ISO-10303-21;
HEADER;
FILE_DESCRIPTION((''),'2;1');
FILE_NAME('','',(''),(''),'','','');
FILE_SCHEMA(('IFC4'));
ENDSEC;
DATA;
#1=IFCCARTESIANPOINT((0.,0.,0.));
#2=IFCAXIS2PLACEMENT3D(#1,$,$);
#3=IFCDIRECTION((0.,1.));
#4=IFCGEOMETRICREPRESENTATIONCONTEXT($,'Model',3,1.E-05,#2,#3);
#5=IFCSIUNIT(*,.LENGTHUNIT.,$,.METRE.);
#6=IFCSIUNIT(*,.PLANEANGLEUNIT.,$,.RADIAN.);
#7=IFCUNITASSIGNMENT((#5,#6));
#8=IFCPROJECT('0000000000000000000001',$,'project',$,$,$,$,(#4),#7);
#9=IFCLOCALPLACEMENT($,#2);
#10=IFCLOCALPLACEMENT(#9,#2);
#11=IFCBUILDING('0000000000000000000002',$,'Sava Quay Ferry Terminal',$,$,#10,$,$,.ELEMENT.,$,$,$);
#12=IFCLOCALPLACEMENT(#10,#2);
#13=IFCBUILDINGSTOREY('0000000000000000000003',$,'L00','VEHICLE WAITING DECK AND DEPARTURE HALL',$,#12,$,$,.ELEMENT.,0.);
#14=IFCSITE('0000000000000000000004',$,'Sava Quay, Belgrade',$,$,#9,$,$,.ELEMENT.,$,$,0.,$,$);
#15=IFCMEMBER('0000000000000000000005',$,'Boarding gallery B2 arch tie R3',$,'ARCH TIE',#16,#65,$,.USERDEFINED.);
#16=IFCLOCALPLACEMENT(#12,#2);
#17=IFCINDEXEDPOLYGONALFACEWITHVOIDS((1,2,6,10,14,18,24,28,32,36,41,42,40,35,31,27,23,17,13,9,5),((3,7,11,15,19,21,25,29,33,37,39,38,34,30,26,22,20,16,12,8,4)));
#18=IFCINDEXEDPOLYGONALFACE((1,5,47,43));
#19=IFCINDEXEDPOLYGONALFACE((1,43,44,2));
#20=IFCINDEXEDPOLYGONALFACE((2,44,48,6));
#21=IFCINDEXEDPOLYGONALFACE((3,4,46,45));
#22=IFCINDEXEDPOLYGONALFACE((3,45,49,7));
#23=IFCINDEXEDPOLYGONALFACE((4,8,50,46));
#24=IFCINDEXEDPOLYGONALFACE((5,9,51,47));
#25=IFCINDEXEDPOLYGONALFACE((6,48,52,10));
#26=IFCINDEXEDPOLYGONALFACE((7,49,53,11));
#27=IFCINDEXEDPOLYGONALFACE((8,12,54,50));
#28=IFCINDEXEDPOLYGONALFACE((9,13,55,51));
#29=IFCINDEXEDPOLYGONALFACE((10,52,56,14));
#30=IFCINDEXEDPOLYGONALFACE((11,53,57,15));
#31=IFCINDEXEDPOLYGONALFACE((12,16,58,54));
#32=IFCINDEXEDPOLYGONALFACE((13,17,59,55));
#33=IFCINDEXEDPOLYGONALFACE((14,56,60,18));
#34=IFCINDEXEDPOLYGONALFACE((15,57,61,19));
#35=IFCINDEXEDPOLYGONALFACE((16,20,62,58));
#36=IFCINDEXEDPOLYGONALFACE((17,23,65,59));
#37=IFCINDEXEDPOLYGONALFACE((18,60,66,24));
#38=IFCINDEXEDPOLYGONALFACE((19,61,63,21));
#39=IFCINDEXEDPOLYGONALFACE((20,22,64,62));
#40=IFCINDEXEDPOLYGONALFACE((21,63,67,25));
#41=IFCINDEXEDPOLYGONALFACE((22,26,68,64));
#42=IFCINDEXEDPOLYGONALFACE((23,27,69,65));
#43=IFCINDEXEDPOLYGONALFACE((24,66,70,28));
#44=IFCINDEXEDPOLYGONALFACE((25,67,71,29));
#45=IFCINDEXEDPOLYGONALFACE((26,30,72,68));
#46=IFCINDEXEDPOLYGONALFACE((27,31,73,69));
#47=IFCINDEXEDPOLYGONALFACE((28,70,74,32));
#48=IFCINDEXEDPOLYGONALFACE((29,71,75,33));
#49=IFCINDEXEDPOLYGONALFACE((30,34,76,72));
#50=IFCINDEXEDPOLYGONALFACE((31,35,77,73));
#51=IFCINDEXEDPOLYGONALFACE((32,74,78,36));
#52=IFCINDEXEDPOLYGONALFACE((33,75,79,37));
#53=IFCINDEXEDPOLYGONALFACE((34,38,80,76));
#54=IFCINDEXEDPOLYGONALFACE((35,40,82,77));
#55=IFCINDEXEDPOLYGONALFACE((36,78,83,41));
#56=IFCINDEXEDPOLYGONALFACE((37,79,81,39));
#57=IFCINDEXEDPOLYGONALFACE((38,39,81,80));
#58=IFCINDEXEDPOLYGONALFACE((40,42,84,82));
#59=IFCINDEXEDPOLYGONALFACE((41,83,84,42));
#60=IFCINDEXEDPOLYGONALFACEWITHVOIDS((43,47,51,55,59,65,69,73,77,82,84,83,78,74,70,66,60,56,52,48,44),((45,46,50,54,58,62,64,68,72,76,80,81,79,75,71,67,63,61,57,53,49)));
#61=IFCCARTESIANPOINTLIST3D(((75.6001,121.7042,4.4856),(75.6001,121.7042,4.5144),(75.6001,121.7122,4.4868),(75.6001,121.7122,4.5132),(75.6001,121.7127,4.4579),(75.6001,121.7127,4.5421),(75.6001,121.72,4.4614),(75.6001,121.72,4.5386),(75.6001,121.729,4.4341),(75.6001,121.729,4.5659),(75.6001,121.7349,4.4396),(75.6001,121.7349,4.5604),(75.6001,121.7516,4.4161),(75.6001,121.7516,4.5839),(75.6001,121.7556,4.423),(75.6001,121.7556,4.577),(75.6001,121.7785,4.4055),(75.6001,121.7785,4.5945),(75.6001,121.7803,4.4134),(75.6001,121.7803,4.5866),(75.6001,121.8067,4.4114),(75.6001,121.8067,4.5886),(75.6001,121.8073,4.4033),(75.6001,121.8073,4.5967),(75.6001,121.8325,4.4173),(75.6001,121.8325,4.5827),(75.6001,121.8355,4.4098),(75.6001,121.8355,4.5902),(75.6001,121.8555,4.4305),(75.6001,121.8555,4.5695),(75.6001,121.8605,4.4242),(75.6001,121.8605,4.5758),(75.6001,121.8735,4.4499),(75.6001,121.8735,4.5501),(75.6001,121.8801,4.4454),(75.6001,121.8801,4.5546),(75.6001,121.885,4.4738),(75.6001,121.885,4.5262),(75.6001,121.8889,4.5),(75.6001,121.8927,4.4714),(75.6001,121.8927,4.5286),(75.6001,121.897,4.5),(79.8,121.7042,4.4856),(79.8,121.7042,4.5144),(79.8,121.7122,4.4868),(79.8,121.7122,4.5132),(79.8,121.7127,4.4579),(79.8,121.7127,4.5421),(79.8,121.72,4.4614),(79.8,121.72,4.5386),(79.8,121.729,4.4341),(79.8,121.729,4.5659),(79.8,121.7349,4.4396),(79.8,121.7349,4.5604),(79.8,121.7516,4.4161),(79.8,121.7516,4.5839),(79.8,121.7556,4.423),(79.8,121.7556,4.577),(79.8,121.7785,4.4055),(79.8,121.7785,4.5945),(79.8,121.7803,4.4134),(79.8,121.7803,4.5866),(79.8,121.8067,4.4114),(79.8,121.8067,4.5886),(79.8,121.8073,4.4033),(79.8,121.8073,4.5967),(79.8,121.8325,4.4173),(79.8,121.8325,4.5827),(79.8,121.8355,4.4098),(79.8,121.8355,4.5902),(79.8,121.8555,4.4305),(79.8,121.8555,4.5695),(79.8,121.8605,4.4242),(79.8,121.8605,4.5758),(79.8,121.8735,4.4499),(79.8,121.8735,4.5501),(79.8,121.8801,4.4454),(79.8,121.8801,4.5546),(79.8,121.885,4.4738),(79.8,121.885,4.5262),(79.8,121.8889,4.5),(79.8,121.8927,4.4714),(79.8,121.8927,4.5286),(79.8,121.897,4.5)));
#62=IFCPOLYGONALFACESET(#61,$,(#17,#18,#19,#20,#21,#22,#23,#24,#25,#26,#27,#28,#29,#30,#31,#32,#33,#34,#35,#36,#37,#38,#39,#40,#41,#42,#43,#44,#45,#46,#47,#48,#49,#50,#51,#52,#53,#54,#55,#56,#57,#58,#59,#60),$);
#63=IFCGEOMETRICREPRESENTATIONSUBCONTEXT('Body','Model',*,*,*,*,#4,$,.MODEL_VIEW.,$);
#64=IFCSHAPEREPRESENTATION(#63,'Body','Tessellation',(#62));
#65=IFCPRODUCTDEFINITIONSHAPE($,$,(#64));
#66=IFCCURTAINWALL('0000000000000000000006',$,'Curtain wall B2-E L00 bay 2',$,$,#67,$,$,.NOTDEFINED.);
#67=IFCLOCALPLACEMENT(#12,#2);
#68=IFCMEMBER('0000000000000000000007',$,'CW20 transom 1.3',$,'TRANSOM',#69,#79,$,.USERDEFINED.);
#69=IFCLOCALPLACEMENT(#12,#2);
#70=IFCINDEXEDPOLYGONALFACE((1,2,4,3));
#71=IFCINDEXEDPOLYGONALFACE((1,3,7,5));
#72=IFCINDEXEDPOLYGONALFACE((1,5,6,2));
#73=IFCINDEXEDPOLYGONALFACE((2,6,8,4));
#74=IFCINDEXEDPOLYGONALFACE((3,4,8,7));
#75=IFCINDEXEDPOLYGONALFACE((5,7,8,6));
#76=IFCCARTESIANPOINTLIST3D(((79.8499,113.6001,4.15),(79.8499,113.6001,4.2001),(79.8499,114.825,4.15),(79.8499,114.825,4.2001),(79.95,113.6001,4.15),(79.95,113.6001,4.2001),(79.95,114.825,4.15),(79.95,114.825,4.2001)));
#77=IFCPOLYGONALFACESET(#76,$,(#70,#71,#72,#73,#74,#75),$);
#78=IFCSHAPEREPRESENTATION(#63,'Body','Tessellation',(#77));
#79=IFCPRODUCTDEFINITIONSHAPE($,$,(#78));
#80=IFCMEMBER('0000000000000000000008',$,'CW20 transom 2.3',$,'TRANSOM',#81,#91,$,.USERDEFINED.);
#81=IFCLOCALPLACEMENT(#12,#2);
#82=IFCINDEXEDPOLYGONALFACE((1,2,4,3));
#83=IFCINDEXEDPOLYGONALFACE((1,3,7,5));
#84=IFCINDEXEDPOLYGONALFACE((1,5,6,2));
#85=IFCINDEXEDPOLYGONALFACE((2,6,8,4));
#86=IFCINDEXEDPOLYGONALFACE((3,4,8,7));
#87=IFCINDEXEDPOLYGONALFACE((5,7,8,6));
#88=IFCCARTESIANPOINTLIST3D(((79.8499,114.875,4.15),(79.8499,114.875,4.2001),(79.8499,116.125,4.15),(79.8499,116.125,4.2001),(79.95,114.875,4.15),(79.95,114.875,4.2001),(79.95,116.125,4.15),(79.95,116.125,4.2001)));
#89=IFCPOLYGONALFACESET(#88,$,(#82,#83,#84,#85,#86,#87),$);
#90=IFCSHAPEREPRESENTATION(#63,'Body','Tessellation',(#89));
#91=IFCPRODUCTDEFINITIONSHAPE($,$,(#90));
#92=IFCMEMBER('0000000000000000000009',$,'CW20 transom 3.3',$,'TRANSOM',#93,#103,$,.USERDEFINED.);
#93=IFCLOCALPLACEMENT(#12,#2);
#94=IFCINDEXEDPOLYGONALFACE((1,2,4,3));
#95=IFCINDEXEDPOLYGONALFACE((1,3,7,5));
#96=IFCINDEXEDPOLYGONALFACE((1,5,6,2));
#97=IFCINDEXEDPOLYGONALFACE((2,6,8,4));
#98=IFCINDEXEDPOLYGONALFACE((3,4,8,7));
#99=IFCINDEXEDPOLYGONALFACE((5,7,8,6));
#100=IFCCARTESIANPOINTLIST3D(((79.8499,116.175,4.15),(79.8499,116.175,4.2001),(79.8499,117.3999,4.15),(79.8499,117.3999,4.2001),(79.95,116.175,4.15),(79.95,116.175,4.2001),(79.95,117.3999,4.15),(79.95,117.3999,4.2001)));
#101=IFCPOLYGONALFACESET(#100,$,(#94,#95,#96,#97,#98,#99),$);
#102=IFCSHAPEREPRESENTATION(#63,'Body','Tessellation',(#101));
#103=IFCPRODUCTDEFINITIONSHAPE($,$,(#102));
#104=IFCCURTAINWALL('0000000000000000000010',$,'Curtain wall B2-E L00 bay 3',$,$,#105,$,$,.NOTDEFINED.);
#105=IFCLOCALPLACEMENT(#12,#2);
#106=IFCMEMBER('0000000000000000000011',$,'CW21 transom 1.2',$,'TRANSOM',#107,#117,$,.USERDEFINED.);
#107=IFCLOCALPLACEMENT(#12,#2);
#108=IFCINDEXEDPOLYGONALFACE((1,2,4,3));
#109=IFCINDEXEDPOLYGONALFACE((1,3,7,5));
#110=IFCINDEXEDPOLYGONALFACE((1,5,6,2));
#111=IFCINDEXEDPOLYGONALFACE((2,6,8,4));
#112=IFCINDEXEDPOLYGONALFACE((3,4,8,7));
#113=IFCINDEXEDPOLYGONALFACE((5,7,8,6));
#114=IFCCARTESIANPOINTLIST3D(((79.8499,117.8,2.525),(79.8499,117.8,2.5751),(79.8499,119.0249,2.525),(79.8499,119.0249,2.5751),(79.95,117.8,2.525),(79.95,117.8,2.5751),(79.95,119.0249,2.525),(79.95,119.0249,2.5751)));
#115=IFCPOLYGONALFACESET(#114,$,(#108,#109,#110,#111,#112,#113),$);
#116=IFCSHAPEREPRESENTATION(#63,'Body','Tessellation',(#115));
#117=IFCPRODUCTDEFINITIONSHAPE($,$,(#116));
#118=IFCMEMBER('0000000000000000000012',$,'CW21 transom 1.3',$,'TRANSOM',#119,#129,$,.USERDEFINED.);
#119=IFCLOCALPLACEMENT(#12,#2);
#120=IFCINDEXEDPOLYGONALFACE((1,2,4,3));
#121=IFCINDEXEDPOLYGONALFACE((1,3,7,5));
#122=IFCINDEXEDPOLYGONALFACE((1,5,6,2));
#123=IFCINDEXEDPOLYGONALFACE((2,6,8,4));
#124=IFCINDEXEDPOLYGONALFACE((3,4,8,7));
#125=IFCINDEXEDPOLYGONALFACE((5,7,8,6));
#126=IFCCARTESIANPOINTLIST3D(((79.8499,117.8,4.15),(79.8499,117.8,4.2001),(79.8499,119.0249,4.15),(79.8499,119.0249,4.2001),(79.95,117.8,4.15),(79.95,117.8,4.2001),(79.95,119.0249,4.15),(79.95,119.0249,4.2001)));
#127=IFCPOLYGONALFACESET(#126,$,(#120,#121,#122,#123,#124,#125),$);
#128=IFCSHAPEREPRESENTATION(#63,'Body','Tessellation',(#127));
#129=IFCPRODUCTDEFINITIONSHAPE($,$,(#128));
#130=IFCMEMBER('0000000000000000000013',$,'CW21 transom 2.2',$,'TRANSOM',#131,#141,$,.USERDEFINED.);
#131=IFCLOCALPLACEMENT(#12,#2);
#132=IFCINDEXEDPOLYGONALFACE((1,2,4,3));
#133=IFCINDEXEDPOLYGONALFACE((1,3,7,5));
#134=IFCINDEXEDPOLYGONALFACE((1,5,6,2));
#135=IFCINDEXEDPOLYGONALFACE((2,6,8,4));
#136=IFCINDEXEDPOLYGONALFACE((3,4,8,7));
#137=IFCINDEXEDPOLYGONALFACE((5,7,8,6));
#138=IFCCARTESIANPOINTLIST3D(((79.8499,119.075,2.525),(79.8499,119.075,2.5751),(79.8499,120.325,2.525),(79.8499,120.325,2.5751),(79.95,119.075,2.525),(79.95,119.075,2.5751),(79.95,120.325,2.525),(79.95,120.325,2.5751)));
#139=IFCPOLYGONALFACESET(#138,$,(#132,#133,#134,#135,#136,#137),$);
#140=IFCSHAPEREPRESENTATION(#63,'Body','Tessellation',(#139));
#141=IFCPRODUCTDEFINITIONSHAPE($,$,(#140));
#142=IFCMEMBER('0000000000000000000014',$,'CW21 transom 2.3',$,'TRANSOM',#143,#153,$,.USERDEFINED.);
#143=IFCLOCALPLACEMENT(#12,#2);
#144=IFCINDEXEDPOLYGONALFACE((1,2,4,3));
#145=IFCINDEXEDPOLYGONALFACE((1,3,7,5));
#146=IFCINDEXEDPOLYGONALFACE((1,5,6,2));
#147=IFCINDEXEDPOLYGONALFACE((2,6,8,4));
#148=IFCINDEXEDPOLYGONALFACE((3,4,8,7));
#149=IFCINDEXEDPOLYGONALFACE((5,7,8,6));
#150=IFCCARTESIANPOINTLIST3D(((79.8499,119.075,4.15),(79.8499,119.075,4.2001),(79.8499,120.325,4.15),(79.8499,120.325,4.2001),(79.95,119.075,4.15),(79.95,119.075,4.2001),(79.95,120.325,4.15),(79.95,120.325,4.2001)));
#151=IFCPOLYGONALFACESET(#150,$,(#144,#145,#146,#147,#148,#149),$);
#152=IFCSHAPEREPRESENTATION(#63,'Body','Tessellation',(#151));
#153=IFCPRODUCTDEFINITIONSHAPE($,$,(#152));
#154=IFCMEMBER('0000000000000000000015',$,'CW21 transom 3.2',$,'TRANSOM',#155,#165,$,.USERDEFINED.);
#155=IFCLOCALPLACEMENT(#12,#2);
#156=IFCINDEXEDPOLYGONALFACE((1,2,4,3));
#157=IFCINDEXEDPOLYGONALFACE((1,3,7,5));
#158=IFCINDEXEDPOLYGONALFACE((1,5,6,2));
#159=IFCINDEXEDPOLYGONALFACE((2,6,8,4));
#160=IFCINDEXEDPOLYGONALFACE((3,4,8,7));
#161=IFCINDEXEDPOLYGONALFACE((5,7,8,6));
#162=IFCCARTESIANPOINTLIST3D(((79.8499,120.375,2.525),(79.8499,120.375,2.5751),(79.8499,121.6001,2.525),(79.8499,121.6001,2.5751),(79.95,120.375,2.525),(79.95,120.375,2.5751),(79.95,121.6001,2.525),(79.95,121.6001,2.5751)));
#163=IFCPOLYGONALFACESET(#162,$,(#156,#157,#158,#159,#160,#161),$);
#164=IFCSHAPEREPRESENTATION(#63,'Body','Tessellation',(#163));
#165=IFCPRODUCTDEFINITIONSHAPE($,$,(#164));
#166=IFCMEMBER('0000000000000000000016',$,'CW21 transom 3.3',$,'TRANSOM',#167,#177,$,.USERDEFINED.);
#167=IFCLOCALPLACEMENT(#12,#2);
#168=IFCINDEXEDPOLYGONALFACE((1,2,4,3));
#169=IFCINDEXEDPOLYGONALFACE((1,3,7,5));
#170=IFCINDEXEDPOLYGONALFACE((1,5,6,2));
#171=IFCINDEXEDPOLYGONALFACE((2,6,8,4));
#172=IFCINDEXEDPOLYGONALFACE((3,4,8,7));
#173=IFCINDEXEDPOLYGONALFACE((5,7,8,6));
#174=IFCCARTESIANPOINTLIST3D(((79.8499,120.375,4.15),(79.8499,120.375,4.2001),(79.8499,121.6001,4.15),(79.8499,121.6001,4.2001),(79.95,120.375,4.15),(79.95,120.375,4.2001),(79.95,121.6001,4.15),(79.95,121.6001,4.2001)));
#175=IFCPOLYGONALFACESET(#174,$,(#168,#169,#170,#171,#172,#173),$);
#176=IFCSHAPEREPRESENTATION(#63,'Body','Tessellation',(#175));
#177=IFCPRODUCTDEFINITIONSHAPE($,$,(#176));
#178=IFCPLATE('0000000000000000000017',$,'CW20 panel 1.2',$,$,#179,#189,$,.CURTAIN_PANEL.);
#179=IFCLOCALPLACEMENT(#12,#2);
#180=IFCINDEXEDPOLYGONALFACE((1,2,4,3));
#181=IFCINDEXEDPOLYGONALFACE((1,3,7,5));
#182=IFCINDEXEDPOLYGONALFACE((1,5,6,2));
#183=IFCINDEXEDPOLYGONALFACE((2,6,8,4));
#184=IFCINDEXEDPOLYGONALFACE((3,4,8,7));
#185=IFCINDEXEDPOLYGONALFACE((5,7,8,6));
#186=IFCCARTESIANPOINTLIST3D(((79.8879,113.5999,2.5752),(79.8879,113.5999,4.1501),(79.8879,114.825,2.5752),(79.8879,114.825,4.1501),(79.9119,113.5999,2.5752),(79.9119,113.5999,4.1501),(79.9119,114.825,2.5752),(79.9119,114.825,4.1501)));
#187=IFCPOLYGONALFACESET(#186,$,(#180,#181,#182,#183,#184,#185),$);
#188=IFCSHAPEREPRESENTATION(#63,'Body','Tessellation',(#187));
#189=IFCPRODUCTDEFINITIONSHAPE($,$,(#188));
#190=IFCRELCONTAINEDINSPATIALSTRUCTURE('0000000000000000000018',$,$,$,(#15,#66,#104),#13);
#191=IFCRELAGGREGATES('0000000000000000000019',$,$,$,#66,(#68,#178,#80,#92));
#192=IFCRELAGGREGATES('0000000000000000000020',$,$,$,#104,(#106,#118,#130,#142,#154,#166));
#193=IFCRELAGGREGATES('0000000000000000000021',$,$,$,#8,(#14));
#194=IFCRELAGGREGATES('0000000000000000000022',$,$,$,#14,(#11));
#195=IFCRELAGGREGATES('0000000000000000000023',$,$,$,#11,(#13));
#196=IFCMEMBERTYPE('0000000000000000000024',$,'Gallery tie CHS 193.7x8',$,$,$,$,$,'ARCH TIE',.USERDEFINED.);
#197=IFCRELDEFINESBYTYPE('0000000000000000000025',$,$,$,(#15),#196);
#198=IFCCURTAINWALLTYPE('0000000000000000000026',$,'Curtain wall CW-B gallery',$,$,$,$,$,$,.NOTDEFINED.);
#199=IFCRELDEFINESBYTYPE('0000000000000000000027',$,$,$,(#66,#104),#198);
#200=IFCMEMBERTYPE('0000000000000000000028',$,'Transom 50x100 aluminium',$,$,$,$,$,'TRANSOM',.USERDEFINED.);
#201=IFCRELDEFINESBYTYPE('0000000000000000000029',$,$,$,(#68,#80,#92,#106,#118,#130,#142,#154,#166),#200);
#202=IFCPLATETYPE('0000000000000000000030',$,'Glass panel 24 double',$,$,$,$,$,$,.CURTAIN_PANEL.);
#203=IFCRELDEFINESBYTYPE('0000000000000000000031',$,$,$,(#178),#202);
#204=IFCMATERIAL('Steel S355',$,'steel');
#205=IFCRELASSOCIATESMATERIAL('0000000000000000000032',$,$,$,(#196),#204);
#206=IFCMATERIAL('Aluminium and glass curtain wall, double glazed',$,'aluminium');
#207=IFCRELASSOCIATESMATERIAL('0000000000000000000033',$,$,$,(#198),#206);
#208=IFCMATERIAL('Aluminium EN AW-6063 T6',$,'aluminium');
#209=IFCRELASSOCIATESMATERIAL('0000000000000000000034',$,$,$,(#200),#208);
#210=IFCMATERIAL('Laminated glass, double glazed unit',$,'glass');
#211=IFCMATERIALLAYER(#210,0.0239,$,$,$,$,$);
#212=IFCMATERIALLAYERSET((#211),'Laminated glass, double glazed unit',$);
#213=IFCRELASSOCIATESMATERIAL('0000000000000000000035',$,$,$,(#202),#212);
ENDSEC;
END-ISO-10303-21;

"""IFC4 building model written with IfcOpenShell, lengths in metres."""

from ifc_helpers import new_model, si_unit, direction, frame, origin, origin_2d, place, context, subcontext, project, spatial, rectangle, hollow_circle, extrude, material, layer, layer_set, material_profile, profile_set, type_object, element, aggregate, save


model = new_model("IFC4")

# Units and contexts
model_context = context("Model", 3, precision=1e-05, world=origin(), true_north=direction((0.0, 1.0)))
body_context = subcontext(model_context, "Body", "Model", "MODEL_VIEW")
ifc_project = project(units=[si_unit("LENGTHUNIT", "METRE"), si_unit("PLANEANGLEUNIT", "RADIAN")], contexts=[model_context])

# Site, building, storey
site_placement = place(None, origin())
site = spatial("IfcSite", under=ifc_project, at=site_placement, Name="Sava Quay, Belgrade", CompositionType="ELEMENT", RefElevation=0.0)
building_placement = place(site_placement, origin())
building = spatial("IfcBuilding", under=site, at=building_placement, Name="Sava Quay Ferry Terminal", CompositionType="ELEMENT")
storey_placement = place(building_placement, origin())
storey = spatial("IfcBuildingStorey", under=building, at=storey_placement, Name="L00", Description="VEHICLE WAITING DECK AND DEPARTURE HALL", CompositionType="ELEMENT", Elevation=0.0)

# Member
ifc_material_1 = material(Name="Steel S355", Category="steel")
ifc_material_profile_1 = material_profile(ifc_material_1, hollow_circle(Radius=0.0969, WallThickness=0.0081, at=origin_2d()), Name="CHS 193.7 x 8.0")
ifc_profile_set_1 = profile_set([ifc_material_profile_1], Name="Steel S355")
member_type_1 = type_object("IfcMemberType", Name="Gallery tie CHS 193.7x8", ElementType="ARCH TIE", PredefinedType="USERDEFINED", material=ifc_profile_set_1)
member_1_placement = place(storey_placement, frame((75.6001, 121.8, 4.5), z_axis=(1.0, 0.0, 0.0), x_axis=(0.0, 1.0, 0.0)))
element("IfcMember", 1, at=member_1_placement, inside=storey, type_object=member_type_1, Name="Boarding gallery B2 arch tie R3", ObjectType="ARCH TIE", PredefinedType="USERDEFINED", context=body_context, shape_type="SweptSolid", body=[
    extrude(hollow_circle(Radius=0.0969, WallThickness=0.0081, at=origin_2d()), origin(), (0.0, 0.0, 1.0), 4.2),
])

# Curtain walls, members
ifc_material_2 = material(Name="Aluminium and glass curtain wall, double glazed", Category="aluminium")
curtain_wall_type = type_object("IfcCurtainWallType", Name="Curtain wall CW-B gallery", PredefinedType="NOTDEFINED", material=ifc_material_2)
curtain_wall_1_placement = place(storey_placement, origin())
curtain_wall_1 = element("IfcCurtainWall", 2, at=curtain_wall_1_placement, inside=storey, type_object=curtain_wall_type, Name="Curtain wall B2-E L00 bay 2", PredefinedType="NOTDEFINED")
ifc_material_3 = material(Name="Aluminium EN AW-6063 T6", Category="aluminium")
ifc_material_profile_2 = material_profile(ifc_material_3, rectangle(XDim=0.1001, YDim=0.05, at=origin_2d()), Name="Transom 50x100 aluminium")
ifc_profile_set_2 = profile_set([ifc_material_profile_2], Name="Aluminium EN AW-6063 T6")
member_type_2 = type_object("IfcMemberType", Name="Transom 50x100 aluminium", ElementType="TRANSOM", PredefinedType="USERDEFINED", material=ifc_profile_set_2)
member_2_placement = place(storey_placement, frame((79.8999, 113.6001, 4.175), z_axis=(0.0, 1.0, 0.0), x_axis=(-1.0, 0.0, 0.0)))
member_2 = element("IfcMember", 3, at=member_2_placement, type_object=member_type_2, Name="CW20 transom 1.3", ObjectType="TRANSOM", PredefinedType="USERDEFINED", context=body_context, shape_type="SweptSolid", body=[
    extrude(rectangle(XDim=0.1001, YDim=0.05, at=origin_2d()), origin(), (0.0, 0.0, 1.0), 1.2249),
])
member_3_placement = place(storey_placement, frame((79.8999, 114.875, 4.175), z_axis=(0.0, 1.0, 0.0), x_axis=(-1.0, 0.0, 0.0)))
member_3 = element("IfcMember", 4, at=member_3_placement, type_object=member_type_2, Name="CW20 transom 2.3", ObjectType="TRANSOM", PredefinedType="USERDEFINED", context=body_context, shape_type="SweptSolid", body=[
    extrude(rectangle(XDim=0.1001, YDim=0.05, at=origin_2d()), origin(), (0.0, 0.0, 1.0), 1.25),
])
member_4_placement = place(storey_placement, frame((79.8999, 116.175, 4.175), z_axis=(0.0, 1.0, 0.0), x_axis=(-1.0, 0.0, 0.0)))
member_4 = element("IfcMember", 5, at=member_4_placement, type_object=member_type_2, Name="CW20 transom 3.3", ObjectType="TRANSOM", PredefinedType="USERDEFINED", context=body_context, shape_type="SweptSolid", body=[
    extrude(rectangle(XDim=0.1001, YDim=0.05, at=origin_2d()), origin(), (0.0, 0.0, 1.0), 1.2249),
])
curtain_wall_2_placement = place(storey_placement, origin())
curtain_wall_2 = element("IfcCurtainWall", 6, at=curtain_wall_2_placement, inside=storey, type_object=curtain_wall_type, Name="Curtain wall B2-E L00 bay 3", PredefinedType="NOTDEFINED")
member_5_placement = place(storey_placement, frame((79.8999, 117.8, 2.55), z_axis=(0.0, 1.0, 0.0), x_axis=(-1.0, 0.0, 0.0)))
member_5 = element("IfcMember", 7, at=member_5_placement, type_object=member_type_2, Name="CW21 transom 1.2", ObjectType="TRANSOM", PredefinedType="USERDEFINED", context=body_context, shape_type="SweptSolid", body=[
    extrude(rectangle(XDim=0.1001, YDim=0.05, at=origin_2d()), origin(), (0.0, 0.0, 1.0), 1.2249),
])
member_6_placement = place(storey_placement, frame((79.8999, 117.8, 4.175), z_axis=(0.0, 1.0, 0.0), x_axis=(-1.0, 0.0, 0.0)))
member_6 = element("IfcMember", 8, at=member_6_placement, type_object=member_type_2, Name="CW21 transom 1.3", ObjectType="TRANSOM", PredefinedType="USERDEFINED", context=body_context, shape_type="SweptSolid", body=[
    extrude(rectangle(XDim=0.1001, YDim=0.05, at=origin_2d()), origin(), (0.0, 0.0, 1.0), 1.2249),
])
member_7_placement = place(storey_placement, frame((79.8999, 119.075, 2.55), z_axis=(0.0, 1.0, 0.0), x_axis=(-1.0, 0.0, 0.0)))
member_7 = element("IfcMember", 9, at=member_7_placement, type_object=member_type_2, Name="CW21 transom 2.2", ObjectType="TRANSOM", PredefinedType="USERDEFINED", context=body_context, shape_type="SweptSolid", body=[
    extrude(rectangle(XDim=0.1001, YDim=0.05, at=origin_2d()), origin(), (0.0, 0.0, 1.0), 1.25),
])
member_8_placement = place(storey_placement, frame((79.8999, 119.075, 4.175), z_axis=(0.0, 1.0, 0.0), x_axis=(-1.0, 0.0, 0.0)))
member_8 = element("IfcMember", 10, at=member_8_placement, type_object=member_type_2, Name="CW21 transom 2.3", ObjectType="TRANSOM", PredefinedType="USERDEFINED", context=body_context, shape_type="SweptSolid", body=[
    extrude(rectangle(XDim=0.1001, YDim=0.05, at=origin_2d()), origin(), (0.0, 0.0, 1.0), 1.25),
])
member_9_placement = place(storey_placement, frame((79.8999, 120.375, 2.55), z_axis=(0.0, 1.0, 0.0), x_axis=(-1.0, 0.0, 0.0)))
member_9 = element("IfcMember", 11, at=member_9_placement, type_object=member_type_2, Name="CW21 transom 3.2", ObjectType="TRANSOM", PredefinedType="USERDEFINED", context=body_context, shape_type="SweptSolid", body=[
    extrude(rectangle(XDim=0.1001, YDim=0.05, at=origin_2d()), origin(), (0.0, 0.0, 1.0), 1.2251),
])
member_10_placement = place(storey_placement, frame((79.8999, 120.375, 4.175), z_axis=(0.0, 1.0, 0.0), x_axis=(-1.0, 0.0, 0.0)))
member_10 = element("IfcMember", 12, at=member_10_placement, type_object=member_type_2, Name="CW21 transom 3.3", ObjectType="TRANSOM", PredefinedType="USERDEFINED", context=body_context, shape_type="SweptSolid", body=[
    extrude(rectangle(XDim=0.1001, YDim=0.05, at=origin_2d()), origin(), (0.0, 0.0, 1.0), 1.2251),
])

# Plate
ifc_material_4 = material(Name="Laminated glass, double glazed unit", Category="glass")
ifc_layer_1 = layer(ifc_material_4, 0.0239)
ifc_layer_set_1 = layer_set([ifc_layer_1], Name="Laminated glass, double glazed unit")
plate_type = type_object("IfcPlateType", Name="Glass panel 24 double", PredefinedType="CURTAIN_PANEL", material=ifc_layer_set_1)
plate_1_placement = place(storey_placement, frame((79.8999, 114.2124, 2.5752), z_axis=(0.0, 0.0, 1.0), x_axis=(0.0, 1.0, 0.0)))
plate_1 = element("IfcPlate", 13, at=plate_1_placement, type_object=plate_type, Name="CW20 panel 1.2", PredefinedType="CURTAIN_PANEL", context=body_context, shape_type="SweptSolid", body=[
    extrude(rectangle(XDim=1.2251, YDim=0.0239, at=origin_2d()), origin(), (0.0, 0.0, 1.0), 1.575),
])
aggregate(curtain_wall_1, [member_2, plate_1, member_3, member_4])
aggregate(curtain_wall_2, [member_5, member_6, member_7, member_8, member_9, member_10])

save(model, "model.ifc")
